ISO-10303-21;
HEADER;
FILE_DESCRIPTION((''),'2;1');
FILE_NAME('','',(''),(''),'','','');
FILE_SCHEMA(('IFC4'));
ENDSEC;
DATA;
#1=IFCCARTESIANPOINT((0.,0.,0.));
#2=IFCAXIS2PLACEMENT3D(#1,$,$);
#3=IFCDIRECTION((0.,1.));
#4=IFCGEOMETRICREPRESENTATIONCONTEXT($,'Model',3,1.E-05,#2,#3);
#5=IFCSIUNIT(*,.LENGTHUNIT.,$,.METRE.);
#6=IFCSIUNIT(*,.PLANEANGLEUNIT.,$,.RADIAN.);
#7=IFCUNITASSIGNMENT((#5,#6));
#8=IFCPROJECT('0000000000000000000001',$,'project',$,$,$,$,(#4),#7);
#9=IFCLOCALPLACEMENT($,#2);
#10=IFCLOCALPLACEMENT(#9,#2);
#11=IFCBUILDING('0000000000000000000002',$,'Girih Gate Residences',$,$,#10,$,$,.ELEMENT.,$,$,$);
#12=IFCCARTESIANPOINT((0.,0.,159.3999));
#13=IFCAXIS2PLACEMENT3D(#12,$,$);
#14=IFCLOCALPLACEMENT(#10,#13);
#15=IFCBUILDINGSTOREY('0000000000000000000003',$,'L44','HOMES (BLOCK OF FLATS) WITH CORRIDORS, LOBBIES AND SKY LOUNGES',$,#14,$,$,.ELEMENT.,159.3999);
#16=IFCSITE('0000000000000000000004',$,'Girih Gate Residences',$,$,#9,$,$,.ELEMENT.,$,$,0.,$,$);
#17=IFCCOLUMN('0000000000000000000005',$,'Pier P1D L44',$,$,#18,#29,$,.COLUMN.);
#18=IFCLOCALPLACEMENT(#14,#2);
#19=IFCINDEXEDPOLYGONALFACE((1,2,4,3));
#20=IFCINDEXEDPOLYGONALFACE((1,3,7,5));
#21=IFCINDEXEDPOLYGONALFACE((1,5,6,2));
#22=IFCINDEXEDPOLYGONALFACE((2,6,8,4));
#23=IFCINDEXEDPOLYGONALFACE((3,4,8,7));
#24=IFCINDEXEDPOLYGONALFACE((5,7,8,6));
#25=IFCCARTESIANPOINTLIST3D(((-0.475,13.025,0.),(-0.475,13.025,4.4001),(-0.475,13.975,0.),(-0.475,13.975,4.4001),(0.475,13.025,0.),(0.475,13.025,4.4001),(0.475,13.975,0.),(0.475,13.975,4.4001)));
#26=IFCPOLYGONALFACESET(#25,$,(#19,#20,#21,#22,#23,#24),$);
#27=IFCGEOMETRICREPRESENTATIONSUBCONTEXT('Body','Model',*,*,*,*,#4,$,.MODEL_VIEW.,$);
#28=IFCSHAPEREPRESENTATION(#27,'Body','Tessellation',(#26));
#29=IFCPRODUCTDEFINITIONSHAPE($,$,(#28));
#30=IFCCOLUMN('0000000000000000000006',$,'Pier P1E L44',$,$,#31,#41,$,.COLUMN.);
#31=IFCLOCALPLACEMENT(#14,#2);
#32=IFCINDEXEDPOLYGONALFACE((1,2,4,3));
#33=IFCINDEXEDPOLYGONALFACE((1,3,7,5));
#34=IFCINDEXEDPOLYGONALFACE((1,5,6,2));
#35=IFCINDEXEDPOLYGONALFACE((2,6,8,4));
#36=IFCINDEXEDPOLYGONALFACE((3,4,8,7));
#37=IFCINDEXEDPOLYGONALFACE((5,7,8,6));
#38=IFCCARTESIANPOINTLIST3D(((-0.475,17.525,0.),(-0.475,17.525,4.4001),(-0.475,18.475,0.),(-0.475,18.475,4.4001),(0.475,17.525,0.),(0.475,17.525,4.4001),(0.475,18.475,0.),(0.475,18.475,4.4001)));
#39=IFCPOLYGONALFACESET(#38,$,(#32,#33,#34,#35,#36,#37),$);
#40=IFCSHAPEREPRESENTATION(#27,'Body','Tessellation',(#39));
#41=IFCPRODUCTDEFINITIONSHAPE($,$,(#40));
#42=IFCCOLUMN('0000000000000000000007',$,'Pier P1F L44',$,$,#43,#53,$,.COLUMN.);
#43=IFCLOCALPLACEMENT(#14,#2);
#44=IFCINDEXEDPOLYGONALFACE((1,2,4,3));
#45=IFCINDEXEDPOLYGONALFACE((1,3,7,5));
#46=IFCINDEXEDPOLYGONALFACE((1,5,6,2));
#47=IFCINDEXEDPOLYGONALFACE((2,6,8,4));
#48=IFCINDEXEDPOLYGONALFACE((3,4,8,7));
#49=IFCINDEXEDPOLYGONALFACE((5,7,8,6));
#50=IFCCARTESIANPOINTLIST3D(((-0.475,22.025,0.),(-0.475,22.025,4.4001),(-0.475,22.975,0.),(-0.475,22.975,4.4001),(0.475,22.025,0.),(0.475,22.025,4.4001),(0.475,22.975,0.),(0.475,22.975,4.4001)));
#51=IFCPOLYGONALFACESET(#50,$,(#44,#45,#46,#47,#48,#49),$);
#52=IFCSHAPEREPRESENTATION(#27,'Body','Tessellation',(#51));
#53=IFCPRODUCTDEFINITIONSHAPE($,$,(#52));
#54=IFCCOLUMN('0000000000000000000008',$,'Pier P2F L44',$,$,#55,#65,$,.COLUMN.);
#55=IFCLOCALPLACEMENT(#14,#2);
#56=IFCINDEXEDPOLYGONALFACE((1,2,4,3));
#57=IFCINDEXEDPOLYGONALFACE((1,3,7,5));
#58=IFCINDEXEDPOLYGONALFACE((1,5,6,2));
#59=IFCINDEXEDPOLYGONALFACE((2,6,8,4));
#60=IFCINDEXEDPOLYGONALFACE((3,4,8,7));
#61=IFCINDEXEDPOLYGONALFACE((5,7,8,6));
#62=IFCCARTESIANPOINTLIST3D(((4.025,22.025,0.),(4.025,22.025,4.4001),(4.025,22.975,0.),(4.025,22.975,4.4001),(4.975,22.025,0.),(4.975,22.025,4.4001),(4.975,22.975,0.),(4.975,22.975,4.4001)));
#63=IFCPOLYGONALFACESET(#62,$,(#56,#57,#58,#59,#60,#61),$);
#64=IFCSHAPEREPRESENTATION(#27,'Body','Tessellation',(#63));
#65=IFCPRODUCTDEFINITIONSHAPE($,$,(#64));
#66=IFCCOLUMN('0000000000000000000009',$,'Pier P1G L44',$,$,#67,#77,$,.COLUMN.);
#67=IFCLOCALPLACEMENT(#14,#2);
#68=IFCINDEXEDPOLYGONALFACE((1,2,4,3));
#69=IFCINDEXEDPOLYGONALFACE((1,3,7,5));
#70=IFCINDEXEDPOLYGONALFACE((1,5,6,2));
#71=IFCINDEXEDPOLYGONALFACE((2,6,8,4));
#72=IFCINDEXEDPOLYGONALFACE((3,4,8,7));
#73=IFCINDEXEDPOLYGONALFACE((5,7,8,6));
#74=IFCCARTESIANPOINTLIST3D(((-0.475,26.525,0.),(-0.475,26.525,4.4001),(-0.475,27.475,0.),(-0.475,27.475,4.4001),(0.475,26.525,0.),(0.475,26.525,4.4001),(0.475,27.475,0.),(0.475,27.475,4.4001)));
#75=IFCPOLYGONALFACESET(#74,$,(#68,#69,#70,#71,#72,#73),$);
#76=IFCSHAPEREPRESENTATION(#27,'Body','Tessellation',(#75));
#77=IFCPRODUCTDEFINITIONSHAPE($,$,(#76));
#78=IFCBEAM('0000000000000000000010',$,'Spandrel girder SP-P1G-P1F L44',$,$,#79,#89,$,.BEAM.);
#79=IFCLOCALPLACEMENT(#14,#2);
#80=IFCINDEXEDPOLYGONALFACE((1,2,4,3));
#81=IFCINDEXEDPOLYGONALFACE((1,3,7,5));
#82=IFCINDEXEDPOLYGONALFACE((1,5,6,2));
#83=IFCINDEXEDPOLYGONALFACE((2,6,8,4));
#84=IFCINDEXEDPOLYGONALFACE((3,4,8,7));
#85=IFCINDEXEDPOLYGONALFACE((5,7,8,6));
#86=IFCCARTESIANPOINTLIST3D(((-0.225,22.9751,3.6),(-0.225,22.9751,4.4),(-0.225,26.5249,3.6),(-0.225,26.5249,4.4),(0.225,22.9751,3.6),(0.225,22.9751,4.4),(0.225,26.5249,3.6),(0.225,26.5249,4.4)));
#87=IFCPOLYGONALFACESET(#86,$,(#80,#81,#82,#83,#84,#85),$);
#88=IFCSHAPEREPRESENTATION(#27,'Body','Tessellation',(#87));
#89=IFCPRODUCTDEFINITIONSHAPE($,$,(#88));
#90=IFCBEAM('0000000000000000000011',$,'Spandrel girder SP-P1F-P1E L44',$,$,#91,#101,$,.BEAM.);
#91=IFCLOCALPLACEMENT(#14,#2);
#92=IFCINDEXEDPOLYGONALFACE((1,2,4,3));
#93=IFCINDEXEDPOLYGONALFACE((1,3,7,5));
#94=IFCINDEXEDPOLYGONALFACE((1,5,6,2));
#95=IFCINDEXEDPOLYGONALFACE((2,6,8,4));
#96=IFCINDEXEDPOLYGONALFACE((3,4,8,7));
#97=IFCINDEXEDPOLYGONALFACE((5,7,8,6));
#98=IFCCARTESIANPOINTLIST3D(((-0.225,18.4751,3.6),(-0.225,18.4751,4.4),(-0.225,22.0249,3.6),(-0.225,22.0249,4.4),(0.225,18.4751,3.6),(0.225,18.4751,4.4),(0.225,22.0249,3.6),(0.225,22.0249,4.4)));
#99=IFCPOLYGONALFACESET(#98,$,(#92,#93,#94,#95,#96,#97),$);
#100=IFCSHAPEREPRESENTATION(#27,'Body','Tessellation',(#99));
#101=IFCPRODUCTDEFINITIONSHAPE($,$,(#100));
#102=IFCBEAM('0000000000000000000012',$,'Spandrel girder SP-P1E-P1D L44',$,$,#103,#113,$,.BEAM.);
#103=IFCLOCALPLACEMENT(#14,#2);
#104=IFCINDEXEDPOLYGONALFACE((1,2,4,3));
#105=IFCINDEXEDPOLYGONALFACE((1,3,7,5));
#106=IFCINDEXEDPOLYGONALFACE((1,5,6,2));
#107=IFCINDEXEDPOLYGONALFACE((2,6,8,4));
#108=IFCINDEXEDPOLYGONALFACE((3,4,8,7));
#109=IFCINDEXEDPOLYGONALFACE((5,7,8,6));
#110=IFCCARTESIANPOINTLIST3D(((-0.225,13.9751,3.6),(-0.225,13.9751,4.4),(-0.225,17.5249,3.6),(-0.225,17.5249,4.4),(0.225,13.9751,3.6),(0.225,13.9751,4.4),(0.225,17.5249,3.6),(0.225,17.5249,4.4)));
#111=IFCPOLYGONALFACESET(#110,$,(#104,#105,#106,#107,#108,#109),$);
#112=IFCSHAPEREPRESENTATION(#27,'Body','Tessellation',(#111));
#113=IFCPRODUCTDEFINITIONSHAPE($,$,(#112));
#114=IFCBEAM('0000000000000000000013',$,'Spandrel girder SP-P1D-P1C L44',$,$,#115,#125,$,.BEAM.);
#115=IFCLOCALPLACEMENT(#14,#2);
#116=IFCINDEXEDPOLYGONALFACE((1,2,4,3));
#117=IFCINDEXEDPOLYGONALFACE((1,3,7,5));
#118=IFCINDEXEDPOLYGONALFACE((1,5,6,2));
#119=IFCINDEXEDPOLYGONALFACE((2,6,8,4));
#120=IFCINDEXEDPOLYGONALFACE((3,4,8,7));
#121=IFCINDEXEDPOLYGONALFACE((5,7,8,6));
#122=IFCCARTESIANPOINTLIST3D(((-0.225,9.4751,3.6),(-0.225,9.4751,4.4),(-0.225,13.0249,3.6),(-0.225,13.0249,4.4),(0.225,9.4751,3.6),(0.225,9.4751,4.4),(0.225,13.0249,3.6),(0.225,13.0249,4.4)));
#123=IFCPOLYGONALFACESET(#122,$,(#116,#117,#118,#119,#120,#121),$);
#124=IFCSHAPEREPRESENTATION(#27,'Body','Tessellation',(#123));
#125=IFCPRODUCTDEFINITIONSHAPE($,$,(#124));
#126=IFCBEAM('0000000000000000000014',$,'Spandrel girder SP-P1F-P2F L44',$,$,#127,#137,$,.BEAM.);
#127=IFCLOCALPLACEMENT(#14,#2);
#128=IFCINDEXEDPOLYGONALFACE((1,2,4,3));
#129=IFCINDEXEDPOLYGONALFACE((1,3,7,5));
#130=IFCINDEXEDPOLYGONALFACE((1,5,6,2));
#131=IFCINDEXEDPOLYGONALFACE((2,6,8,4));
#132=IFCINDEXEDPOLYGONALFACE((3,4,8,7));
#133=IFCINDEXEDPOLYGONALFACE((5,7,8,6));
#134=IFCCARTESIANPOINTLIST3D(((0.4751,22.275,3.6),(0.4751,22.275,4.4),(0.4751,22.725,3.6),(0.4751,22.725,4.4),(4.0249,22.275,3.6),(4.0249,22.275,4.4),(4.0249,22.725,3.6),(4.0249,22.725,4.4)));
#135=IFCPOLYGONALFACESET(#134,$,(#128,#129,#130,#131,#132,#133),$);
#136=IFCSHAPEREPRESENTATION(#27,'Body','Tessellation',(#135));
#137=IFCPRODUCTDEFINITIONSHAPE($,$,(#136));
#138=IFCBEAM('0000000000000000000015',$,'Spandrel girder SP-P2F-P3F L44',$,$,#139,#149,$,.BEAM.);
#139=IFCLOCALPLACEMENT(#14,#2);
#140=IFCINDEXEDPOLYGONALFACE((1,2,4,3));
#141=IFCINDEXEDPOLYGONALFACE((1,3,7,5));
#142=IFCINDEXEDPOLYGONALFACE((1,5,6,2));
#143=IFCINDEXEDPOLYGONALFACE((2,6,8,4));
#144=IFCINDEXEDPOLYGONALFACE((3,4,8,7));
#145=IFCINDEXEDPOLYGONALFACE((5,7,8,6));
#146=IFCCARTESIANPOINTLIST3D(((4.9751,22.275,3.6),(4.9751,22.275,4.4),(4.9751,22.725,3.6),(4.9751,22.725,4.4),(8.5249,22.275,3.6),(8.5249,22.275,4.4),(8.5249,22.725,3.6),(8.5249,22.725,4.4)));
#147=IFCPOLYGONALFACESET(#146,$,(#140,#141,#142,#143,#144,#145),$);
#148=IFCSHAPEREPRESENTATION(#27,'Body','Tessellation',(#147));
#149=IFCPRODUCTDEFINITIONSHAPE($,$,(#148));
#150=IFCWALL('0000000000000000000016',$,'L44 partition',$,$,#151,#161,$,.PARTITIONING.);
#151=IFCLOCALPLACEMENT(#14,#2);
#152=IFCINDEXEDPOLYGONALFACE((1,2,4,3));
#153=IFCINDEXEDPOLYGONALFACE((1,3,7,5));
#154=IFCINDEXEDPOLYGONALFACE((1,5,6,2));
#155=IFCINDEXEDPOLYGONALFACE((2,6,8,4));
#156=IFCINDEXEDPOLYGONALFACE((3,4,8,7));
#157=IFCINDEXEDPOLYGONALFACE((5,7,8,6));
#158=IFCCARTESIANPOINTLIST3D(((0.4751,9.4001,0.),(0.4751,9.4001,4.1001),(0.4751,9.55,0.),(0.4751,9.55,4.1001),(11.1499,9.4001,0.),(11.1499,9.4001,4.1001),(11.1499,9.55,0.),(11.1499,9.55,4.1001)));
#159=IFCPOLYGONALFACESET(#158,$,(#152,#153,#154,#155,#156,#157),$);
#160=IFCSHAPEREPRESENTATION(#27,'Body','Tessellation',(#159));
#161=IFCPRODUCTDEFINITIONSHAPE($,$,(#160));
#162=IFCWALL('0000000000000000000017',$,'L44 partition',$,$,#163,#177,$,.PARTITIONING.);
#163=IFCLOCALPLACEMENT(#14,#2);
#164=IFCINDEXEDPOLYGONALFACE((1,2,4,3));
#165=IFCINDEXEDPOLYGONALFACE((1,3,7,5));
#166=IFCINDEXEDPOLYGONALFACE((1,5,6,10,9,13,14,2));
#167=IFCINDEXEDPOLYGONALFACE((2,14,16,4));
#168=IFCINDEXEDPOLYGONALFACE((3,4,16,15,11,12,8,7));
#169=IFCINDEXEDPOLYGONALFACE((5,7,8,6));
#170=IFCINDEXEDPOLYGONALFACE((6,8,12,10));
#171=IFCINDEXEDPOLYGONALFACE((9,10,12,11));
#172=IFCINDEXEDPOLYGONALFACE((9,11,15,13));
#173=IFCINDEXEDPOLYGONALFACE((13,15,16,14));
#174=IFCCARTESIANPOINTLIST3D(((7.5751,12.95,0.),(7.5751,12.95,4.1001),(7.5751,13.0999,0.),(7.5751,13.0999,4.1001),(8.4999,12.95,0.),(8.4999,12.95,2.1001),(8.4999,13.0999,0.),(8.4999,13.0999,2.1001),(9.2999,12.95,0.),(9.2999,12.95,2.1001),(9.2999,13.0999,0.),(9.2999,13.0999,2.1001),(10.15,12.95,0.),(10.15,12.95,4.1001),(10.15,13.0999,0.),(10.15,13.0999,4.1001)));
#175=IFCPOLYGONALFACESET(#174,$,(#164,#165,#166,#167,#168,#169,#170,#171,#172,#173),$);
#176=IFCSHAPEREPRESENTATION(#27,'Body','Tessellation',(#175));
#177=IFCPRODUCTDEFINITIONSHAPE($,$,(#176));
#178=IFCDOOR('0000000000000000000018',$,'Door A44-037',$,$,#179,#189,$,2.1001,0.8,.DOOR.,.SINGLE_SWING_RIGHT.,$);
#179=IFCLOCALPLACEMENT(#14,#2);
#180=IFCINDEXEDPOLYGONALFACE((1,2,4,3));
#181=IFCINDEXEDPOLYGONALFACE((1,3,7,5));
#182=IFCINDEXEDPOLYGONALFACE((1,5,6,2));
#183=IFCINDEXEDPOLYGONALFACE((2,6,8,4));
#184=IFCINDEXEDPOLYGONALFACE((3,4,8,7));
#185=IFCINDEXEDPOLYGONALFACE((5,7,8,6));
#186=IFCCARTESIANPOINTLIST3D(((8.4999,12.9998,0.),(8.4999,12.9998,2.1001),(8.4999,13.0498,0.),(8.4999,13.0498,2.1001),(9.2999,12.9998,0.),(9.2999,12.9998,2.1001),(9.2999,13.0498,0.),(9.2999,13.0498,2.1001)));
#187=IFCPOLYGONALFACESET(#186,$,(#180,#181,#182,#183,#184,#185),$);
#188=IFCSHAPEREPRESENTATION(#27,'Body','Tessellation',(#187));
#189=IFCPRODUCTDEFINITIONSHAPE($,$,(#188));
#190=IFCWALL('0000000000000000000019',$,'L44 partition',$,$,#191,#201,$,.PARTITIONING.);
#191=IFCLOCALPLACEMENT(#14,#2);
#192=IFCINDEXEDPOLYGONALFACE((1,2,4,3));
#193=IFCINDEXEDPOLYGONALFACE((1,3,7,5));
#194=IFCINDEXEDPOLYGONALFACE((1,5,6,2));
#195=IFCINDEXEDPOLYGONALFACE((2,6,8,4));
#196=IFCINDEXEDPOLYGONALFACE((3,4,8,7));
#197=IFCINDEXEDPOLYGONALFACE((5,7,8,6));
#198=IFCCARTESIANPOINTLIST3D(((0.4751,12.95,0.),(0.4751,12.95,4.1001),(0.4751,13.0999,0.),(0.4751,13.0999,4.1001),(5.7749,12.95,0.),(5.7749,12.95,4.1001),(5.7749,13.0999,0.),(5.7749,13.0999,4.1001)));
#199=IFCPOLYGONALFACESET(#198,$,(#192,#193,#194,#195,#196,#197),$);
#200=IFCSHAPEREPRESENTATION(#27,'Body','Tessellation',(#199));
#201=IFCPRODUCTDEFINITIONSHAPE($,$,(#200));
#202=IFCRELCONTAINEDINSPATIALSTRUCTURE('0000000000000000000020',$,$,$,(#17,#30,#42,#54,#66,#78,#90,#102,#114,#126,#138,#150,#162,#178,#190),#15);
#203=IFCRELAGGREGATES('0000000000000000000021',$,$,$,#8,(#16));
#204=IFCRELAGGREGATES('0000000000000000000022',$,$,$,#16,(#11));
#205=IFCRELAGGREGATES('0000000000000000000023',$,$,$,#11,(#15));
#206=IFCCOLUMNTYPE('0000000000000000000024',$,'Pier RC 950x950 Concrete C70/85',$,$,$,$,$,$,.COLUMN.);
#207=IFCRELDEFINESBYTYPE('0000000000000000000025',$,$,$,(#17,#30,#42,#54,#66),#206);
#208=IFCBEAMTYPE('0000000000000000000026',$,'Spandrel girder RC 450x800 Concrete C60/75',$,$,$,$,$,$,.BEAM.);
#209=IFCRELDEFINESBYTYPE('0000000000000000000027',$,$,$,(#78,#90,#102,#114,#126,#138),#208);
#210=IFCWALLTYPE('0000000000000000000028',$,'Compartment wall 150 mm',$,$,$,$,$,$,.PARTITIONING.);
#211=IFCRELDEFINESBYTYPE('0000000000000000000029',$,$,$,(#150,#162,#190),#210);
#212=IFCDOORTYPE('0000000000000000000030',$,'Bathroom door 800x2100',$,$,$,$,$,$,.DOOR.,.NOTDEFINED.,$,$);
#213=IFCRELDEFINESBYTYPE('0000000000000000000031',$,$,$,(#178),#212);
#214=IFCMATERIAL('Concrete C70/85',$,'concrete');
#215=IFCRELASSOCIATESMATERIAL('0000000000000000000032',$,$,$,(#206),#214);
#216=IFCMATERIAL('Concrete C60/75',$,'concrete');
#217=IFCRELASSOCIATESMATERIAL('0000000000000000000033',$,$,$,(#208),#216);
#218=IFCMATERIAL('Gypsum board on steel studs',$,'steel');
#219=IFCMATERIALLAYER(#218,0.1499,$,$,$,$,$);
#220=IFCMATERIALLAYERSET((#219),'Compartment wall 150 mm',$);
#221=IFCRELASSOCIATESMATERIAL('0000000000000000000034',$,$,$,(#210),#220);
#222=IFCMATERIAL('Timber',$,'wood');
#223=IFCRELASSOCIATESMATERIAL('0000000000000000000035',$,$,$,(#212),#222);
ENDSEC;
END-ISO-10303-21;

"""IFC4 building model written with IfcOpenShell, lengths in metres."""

from ifc_helpers import new_model, si_unit, direction, frame, frame_2d, origin, origin_2d, place, context, subcontext, project, spatial, rectangle, extrude, material, layer, layer_set, material_profile, profile_set, type_object, element, fill, save


model = new_model("IFC4")

# Units and contexts
model_context = context("Model", 3, precision=1e-05, world=origin(), true_north=direction((0.0, 1.0)))
body_context = subcontext(model_context, "Body", "Model", "MODEL_VIEW")
ifc_project = project(units=[si_unit("LENGTHUNIT", "METRE"), si_unit("PLANEANGLEUNIT", "RADIAN")], contexts=[model_context])

# Site, building, storey
site_placement = place(None, origin())
site = spatial("IfcSite", under=ifc_project, at=site_placement, Name="Girih Gate Residences", CompositionType="ELEMENT", RefElevation=0.0)
building_placement = place(site_placement, origin())
building = spatial("IfcBuilding", under=site, at=building_placement, Name="Girih Gate Residences", CompositionType="ELEMENT")
storey_placement = place(building_placement, frame((0.0, 0.0, 159.3999)))
storey = spatial("IfcBuildingStorey", under=building, at=storey_placement, Name="L44", Description="HOMES (BLOCK OF FLATS) WITH CORRIDORS, LOBBIES AND SKY LOUNGES", CompositionType="ELEMENT", Elevation=159.3999)

# Columns
ifc_material_1 = material(Name="Concrete C70/85", Category="concrete")
ifc_material_profile_1 = material_profile(ifc_material_1, rectangle(XDim=0.95, YDim=0.95, at=origin_2d()))
ifc_profile_set_1 = profile_set([ifc_material_profile_1], Name="Concrete C70/85")
column_type = type_object("IfcColumnType", Name="Pier RC 950x950 Concrete C70/85", PredefinedType="COLUMN", material=ifc_profile_set_1)
for number, where, z_axis, x_axis, name in (
    (1, (0.0, 13.5, 0.0), (0.0, 0.0, 1.0), (1.0, 0.0, 0.0), "Pier P1D L44"),
    (2, (0.0, 18.0, 0.0), (0.0, 0.0, 1.0), (1.0, 0.0, 0.0), "Pier P1E L44"),
    (3, (0.0, 22.5, 0.0), (0.0, 0.0, 1.0), (1.0, 0.0, 0.0), "Pier P1F L44"),
    (4, (4.5, 22.5, 0.0), (0.0, 0.0, 1.0), (1.0, 0.0, 0.0), "Pier P2F L44"),
    (5, (0.0, 27.0, 0.0), (0.0, 0.0, 1.0), (1.0, 0.0, 0.0), "Pier P1G L44"),
):
    element("IfcColumn", number, at=place(storey_placement, frame(where, z_axis=z_axis, x_axis=x_axis)), inside=storey, type_object=column_type, Name=name, PredefinedType="COLUMN", context=body_context, shape_type="SweptSolid", body=[
        extrude(rectangle(XDim=0.95, YDim=0.95, at=origin_2d()), origin(), (0.0, 0.0, 1.0), 4.4001),
    ])

# Beams
ifc_material_2 = material(Name="Concrete C60/75", Category="concrete")
ifc_material_profile_2 = material_profile(ifc_material_2, rectangle(XDim=0.45, YDim=0.8, at=origin_2d()))
ifc_profile_set_2 = profile_set([ifc_material_profile_2], Name="Concrete C60/75")
beam_type = type_object("IfcBeamType", Name="Spandrel girder RC 450x800 Concrete C60/75", PredefinedType="BEAM", material=ifc_profile_set_2)
for number, where, z_axis, x_axis, name in (
    (6, (0.0, 26.5249, 4.0), (0.0, -1.0, 0.0), (1.0, 0.0, 0.0), "Spandrel girder SP-P1G-P1F L44"),
    (7, (0.0, 22.0249, 4.0), (0.0, -1.0, 0.0), (1.0, 0.0, 0.0), "Spandrel girder SP-P1F-P1E L44"),
    (8, (0.0, 17.5249, 4.0), (0.0, -1.0, 0.0), (1.0, 0.0, 0.0), "Spandrel girder SP-P1E-P1D L44"),
    (9, (0.0, 13.0249, 4.0), (0.0, -1.0, 0.0), (1.0, 0.0, 0.0), "Spandrel girder SP-P1D-P1C L44"),
    (10, (0.4751, 22.5, 4.0), (1.0, 0.0, 0.0), (0.0, 1.0, 0.0), "Spandrel girder SP-P1F-P2F L44"),
    (11, (4.9751, 22.5, 4.0), (1.0, 0.0, 0.0), (0.0, 1.0, 0.0), "Spandrel girder SP-P2F-P3F L44"),
):
    element("IfcBeam", number, at=place(storey_placement, frame(where, z_axis=z_axis, x_axis=x_axis)), inside=storey, type_object=beam_type, Name=name, PredefinedType="BEAM", context=body_context, shape_type="SweptSolid", body=[
        extrude(rectangle(XDim=0.45, YDim=0.8, at=origin_2d()), origin(), (0.0, 0.0, 1.0), 3.5498),
    ])

# Wall
ifc_material_3 = material(Name="Gypsum board on steel studs", Category="steel")
ifc_layer_1 = layer(ifc_material_3, 0.1499)
ifc_layer_set_1 = layer_set([ifc_layer_1], Name="Compartment wall 150 mm")
wall_type_1 = type_object("IfcWallType", Name="Compartment wall 150 mm", PredefinedType="PARTITIONING", material=ifc_layer_set_1)
wall_1_placement = place(storey_placement, frame((0.4751, 9.4751, 0.0), z_axis=(0.0, 0.0, 1.0), x_axis=(1.0, 0.0, 0.0)))
element("IfcWall", 12, at=wall_1_placement, inside=storey, type_object=wall_type_1, Name="L44 partition", PredefinedType="PARTITIONING", context=body_context, shape_type="SweptSolid", body=[
    extrude(rectangle(XDim=10.6748, YDim=0.1499, at=frame_2d((5.3374, 0.0))), origin(), (0.0, 0.0, 1.0), 4.1001),
])

# Wall, opening, door
wall_2_placement = place(storey_placement, frame((7.575, 13.0249, 0.0), z_axis=(0.0, 0.0, 1.0), x_axis=(1.0, 0.0, 0.0)))
wall_2 = element("IfcWall", 13, at=wall_2_placement, inside=storey, type_object=wall_type_1, Name="L44 partition", PredefinedType="PARTITIONING", context=body_context, shape_type="SweptSolid", body=[
    extrude(rectangle(XDim=2.575, YDim=0.1499, at=frame_2d((1.2876, 0.0))), origin(), (0.0, 0.0, 1.0), 4.1001),
])
opening_1_placement = place(wall_2_placement, frame((0.925, 0.0, 0.0)))
opening_1 = element("IfcOpeningElement", 14, at=opening_1_placement, cuts=wall_2, PredefinedType="OPENING", context=body_context, shape_type="SweptSolid", body=[
    extrude(rectangle(XDim=0.8, YDim=2.1001, at=frame_2d((0.3999, 1.05))), frame((0.0, 0.085, 0.0), z_axis=(0.0, -1.0, 0.0), x_axis=(1.0, 0.0, 0.0)), (0.0, 0.0, 1.0), 0.1699),
])
ifc_material_4 = material(Name="Timber", Category="wood")
door_type_1 = type_object("IfcDoorType", Name="Bathroom door 800x2100", OperationType="NOTDEFINED", PredefinedType="DOOR", material=ifc_material_4)
door_1_placement = place(opening_1_placement, origin())
door_1 = element("IfcDoor", 15, at=door_1_placement, inside=storey, type_object=door_type_1, Name="Door A44-037", OperationType="SINGLE_SWING_RIGHT", OverallHeight=2.1001, OverallWidth=0.8, PredefinedType="DOOR", context=body_context, shape_type="SweptSolid", body=[
    extrude(rectangle(XDim=0.8, YDim=2.1001, at=frame_2d((0.3999, 1.05))), frame((0.0, 0.0249, 0.0), z_axis=(0.0, -1.0, 0.0), x_axis=(1.0, 0.0, 0.0)), (0.0, 0.0, 1.0), 0.05),
])
fill(opening_1, door_1)

# Wall
wall_3_placement = place(storey_placement, frame((0.4751, 13.0249, 0.0), z_axis=(0.0, 0.0, 1.0), x_axis=(1.0, 0.0, 0.0)))
element("IfcWall", 16, at=wall_3_placement, inside=storey, type_object=wall_type_1, Name="L44 partition", PredefinedType="PARTITIONING", context=body_context, shape_type="SweptSolid", body=[
    extrude(rectangle(XDim=5.2998, YDim=0.1499, at=frame_2d((2.6499, 0.0))), origin(), (0.0, 0.0, 1.0), 4.1001),
])

save(model, "model.ifc")
